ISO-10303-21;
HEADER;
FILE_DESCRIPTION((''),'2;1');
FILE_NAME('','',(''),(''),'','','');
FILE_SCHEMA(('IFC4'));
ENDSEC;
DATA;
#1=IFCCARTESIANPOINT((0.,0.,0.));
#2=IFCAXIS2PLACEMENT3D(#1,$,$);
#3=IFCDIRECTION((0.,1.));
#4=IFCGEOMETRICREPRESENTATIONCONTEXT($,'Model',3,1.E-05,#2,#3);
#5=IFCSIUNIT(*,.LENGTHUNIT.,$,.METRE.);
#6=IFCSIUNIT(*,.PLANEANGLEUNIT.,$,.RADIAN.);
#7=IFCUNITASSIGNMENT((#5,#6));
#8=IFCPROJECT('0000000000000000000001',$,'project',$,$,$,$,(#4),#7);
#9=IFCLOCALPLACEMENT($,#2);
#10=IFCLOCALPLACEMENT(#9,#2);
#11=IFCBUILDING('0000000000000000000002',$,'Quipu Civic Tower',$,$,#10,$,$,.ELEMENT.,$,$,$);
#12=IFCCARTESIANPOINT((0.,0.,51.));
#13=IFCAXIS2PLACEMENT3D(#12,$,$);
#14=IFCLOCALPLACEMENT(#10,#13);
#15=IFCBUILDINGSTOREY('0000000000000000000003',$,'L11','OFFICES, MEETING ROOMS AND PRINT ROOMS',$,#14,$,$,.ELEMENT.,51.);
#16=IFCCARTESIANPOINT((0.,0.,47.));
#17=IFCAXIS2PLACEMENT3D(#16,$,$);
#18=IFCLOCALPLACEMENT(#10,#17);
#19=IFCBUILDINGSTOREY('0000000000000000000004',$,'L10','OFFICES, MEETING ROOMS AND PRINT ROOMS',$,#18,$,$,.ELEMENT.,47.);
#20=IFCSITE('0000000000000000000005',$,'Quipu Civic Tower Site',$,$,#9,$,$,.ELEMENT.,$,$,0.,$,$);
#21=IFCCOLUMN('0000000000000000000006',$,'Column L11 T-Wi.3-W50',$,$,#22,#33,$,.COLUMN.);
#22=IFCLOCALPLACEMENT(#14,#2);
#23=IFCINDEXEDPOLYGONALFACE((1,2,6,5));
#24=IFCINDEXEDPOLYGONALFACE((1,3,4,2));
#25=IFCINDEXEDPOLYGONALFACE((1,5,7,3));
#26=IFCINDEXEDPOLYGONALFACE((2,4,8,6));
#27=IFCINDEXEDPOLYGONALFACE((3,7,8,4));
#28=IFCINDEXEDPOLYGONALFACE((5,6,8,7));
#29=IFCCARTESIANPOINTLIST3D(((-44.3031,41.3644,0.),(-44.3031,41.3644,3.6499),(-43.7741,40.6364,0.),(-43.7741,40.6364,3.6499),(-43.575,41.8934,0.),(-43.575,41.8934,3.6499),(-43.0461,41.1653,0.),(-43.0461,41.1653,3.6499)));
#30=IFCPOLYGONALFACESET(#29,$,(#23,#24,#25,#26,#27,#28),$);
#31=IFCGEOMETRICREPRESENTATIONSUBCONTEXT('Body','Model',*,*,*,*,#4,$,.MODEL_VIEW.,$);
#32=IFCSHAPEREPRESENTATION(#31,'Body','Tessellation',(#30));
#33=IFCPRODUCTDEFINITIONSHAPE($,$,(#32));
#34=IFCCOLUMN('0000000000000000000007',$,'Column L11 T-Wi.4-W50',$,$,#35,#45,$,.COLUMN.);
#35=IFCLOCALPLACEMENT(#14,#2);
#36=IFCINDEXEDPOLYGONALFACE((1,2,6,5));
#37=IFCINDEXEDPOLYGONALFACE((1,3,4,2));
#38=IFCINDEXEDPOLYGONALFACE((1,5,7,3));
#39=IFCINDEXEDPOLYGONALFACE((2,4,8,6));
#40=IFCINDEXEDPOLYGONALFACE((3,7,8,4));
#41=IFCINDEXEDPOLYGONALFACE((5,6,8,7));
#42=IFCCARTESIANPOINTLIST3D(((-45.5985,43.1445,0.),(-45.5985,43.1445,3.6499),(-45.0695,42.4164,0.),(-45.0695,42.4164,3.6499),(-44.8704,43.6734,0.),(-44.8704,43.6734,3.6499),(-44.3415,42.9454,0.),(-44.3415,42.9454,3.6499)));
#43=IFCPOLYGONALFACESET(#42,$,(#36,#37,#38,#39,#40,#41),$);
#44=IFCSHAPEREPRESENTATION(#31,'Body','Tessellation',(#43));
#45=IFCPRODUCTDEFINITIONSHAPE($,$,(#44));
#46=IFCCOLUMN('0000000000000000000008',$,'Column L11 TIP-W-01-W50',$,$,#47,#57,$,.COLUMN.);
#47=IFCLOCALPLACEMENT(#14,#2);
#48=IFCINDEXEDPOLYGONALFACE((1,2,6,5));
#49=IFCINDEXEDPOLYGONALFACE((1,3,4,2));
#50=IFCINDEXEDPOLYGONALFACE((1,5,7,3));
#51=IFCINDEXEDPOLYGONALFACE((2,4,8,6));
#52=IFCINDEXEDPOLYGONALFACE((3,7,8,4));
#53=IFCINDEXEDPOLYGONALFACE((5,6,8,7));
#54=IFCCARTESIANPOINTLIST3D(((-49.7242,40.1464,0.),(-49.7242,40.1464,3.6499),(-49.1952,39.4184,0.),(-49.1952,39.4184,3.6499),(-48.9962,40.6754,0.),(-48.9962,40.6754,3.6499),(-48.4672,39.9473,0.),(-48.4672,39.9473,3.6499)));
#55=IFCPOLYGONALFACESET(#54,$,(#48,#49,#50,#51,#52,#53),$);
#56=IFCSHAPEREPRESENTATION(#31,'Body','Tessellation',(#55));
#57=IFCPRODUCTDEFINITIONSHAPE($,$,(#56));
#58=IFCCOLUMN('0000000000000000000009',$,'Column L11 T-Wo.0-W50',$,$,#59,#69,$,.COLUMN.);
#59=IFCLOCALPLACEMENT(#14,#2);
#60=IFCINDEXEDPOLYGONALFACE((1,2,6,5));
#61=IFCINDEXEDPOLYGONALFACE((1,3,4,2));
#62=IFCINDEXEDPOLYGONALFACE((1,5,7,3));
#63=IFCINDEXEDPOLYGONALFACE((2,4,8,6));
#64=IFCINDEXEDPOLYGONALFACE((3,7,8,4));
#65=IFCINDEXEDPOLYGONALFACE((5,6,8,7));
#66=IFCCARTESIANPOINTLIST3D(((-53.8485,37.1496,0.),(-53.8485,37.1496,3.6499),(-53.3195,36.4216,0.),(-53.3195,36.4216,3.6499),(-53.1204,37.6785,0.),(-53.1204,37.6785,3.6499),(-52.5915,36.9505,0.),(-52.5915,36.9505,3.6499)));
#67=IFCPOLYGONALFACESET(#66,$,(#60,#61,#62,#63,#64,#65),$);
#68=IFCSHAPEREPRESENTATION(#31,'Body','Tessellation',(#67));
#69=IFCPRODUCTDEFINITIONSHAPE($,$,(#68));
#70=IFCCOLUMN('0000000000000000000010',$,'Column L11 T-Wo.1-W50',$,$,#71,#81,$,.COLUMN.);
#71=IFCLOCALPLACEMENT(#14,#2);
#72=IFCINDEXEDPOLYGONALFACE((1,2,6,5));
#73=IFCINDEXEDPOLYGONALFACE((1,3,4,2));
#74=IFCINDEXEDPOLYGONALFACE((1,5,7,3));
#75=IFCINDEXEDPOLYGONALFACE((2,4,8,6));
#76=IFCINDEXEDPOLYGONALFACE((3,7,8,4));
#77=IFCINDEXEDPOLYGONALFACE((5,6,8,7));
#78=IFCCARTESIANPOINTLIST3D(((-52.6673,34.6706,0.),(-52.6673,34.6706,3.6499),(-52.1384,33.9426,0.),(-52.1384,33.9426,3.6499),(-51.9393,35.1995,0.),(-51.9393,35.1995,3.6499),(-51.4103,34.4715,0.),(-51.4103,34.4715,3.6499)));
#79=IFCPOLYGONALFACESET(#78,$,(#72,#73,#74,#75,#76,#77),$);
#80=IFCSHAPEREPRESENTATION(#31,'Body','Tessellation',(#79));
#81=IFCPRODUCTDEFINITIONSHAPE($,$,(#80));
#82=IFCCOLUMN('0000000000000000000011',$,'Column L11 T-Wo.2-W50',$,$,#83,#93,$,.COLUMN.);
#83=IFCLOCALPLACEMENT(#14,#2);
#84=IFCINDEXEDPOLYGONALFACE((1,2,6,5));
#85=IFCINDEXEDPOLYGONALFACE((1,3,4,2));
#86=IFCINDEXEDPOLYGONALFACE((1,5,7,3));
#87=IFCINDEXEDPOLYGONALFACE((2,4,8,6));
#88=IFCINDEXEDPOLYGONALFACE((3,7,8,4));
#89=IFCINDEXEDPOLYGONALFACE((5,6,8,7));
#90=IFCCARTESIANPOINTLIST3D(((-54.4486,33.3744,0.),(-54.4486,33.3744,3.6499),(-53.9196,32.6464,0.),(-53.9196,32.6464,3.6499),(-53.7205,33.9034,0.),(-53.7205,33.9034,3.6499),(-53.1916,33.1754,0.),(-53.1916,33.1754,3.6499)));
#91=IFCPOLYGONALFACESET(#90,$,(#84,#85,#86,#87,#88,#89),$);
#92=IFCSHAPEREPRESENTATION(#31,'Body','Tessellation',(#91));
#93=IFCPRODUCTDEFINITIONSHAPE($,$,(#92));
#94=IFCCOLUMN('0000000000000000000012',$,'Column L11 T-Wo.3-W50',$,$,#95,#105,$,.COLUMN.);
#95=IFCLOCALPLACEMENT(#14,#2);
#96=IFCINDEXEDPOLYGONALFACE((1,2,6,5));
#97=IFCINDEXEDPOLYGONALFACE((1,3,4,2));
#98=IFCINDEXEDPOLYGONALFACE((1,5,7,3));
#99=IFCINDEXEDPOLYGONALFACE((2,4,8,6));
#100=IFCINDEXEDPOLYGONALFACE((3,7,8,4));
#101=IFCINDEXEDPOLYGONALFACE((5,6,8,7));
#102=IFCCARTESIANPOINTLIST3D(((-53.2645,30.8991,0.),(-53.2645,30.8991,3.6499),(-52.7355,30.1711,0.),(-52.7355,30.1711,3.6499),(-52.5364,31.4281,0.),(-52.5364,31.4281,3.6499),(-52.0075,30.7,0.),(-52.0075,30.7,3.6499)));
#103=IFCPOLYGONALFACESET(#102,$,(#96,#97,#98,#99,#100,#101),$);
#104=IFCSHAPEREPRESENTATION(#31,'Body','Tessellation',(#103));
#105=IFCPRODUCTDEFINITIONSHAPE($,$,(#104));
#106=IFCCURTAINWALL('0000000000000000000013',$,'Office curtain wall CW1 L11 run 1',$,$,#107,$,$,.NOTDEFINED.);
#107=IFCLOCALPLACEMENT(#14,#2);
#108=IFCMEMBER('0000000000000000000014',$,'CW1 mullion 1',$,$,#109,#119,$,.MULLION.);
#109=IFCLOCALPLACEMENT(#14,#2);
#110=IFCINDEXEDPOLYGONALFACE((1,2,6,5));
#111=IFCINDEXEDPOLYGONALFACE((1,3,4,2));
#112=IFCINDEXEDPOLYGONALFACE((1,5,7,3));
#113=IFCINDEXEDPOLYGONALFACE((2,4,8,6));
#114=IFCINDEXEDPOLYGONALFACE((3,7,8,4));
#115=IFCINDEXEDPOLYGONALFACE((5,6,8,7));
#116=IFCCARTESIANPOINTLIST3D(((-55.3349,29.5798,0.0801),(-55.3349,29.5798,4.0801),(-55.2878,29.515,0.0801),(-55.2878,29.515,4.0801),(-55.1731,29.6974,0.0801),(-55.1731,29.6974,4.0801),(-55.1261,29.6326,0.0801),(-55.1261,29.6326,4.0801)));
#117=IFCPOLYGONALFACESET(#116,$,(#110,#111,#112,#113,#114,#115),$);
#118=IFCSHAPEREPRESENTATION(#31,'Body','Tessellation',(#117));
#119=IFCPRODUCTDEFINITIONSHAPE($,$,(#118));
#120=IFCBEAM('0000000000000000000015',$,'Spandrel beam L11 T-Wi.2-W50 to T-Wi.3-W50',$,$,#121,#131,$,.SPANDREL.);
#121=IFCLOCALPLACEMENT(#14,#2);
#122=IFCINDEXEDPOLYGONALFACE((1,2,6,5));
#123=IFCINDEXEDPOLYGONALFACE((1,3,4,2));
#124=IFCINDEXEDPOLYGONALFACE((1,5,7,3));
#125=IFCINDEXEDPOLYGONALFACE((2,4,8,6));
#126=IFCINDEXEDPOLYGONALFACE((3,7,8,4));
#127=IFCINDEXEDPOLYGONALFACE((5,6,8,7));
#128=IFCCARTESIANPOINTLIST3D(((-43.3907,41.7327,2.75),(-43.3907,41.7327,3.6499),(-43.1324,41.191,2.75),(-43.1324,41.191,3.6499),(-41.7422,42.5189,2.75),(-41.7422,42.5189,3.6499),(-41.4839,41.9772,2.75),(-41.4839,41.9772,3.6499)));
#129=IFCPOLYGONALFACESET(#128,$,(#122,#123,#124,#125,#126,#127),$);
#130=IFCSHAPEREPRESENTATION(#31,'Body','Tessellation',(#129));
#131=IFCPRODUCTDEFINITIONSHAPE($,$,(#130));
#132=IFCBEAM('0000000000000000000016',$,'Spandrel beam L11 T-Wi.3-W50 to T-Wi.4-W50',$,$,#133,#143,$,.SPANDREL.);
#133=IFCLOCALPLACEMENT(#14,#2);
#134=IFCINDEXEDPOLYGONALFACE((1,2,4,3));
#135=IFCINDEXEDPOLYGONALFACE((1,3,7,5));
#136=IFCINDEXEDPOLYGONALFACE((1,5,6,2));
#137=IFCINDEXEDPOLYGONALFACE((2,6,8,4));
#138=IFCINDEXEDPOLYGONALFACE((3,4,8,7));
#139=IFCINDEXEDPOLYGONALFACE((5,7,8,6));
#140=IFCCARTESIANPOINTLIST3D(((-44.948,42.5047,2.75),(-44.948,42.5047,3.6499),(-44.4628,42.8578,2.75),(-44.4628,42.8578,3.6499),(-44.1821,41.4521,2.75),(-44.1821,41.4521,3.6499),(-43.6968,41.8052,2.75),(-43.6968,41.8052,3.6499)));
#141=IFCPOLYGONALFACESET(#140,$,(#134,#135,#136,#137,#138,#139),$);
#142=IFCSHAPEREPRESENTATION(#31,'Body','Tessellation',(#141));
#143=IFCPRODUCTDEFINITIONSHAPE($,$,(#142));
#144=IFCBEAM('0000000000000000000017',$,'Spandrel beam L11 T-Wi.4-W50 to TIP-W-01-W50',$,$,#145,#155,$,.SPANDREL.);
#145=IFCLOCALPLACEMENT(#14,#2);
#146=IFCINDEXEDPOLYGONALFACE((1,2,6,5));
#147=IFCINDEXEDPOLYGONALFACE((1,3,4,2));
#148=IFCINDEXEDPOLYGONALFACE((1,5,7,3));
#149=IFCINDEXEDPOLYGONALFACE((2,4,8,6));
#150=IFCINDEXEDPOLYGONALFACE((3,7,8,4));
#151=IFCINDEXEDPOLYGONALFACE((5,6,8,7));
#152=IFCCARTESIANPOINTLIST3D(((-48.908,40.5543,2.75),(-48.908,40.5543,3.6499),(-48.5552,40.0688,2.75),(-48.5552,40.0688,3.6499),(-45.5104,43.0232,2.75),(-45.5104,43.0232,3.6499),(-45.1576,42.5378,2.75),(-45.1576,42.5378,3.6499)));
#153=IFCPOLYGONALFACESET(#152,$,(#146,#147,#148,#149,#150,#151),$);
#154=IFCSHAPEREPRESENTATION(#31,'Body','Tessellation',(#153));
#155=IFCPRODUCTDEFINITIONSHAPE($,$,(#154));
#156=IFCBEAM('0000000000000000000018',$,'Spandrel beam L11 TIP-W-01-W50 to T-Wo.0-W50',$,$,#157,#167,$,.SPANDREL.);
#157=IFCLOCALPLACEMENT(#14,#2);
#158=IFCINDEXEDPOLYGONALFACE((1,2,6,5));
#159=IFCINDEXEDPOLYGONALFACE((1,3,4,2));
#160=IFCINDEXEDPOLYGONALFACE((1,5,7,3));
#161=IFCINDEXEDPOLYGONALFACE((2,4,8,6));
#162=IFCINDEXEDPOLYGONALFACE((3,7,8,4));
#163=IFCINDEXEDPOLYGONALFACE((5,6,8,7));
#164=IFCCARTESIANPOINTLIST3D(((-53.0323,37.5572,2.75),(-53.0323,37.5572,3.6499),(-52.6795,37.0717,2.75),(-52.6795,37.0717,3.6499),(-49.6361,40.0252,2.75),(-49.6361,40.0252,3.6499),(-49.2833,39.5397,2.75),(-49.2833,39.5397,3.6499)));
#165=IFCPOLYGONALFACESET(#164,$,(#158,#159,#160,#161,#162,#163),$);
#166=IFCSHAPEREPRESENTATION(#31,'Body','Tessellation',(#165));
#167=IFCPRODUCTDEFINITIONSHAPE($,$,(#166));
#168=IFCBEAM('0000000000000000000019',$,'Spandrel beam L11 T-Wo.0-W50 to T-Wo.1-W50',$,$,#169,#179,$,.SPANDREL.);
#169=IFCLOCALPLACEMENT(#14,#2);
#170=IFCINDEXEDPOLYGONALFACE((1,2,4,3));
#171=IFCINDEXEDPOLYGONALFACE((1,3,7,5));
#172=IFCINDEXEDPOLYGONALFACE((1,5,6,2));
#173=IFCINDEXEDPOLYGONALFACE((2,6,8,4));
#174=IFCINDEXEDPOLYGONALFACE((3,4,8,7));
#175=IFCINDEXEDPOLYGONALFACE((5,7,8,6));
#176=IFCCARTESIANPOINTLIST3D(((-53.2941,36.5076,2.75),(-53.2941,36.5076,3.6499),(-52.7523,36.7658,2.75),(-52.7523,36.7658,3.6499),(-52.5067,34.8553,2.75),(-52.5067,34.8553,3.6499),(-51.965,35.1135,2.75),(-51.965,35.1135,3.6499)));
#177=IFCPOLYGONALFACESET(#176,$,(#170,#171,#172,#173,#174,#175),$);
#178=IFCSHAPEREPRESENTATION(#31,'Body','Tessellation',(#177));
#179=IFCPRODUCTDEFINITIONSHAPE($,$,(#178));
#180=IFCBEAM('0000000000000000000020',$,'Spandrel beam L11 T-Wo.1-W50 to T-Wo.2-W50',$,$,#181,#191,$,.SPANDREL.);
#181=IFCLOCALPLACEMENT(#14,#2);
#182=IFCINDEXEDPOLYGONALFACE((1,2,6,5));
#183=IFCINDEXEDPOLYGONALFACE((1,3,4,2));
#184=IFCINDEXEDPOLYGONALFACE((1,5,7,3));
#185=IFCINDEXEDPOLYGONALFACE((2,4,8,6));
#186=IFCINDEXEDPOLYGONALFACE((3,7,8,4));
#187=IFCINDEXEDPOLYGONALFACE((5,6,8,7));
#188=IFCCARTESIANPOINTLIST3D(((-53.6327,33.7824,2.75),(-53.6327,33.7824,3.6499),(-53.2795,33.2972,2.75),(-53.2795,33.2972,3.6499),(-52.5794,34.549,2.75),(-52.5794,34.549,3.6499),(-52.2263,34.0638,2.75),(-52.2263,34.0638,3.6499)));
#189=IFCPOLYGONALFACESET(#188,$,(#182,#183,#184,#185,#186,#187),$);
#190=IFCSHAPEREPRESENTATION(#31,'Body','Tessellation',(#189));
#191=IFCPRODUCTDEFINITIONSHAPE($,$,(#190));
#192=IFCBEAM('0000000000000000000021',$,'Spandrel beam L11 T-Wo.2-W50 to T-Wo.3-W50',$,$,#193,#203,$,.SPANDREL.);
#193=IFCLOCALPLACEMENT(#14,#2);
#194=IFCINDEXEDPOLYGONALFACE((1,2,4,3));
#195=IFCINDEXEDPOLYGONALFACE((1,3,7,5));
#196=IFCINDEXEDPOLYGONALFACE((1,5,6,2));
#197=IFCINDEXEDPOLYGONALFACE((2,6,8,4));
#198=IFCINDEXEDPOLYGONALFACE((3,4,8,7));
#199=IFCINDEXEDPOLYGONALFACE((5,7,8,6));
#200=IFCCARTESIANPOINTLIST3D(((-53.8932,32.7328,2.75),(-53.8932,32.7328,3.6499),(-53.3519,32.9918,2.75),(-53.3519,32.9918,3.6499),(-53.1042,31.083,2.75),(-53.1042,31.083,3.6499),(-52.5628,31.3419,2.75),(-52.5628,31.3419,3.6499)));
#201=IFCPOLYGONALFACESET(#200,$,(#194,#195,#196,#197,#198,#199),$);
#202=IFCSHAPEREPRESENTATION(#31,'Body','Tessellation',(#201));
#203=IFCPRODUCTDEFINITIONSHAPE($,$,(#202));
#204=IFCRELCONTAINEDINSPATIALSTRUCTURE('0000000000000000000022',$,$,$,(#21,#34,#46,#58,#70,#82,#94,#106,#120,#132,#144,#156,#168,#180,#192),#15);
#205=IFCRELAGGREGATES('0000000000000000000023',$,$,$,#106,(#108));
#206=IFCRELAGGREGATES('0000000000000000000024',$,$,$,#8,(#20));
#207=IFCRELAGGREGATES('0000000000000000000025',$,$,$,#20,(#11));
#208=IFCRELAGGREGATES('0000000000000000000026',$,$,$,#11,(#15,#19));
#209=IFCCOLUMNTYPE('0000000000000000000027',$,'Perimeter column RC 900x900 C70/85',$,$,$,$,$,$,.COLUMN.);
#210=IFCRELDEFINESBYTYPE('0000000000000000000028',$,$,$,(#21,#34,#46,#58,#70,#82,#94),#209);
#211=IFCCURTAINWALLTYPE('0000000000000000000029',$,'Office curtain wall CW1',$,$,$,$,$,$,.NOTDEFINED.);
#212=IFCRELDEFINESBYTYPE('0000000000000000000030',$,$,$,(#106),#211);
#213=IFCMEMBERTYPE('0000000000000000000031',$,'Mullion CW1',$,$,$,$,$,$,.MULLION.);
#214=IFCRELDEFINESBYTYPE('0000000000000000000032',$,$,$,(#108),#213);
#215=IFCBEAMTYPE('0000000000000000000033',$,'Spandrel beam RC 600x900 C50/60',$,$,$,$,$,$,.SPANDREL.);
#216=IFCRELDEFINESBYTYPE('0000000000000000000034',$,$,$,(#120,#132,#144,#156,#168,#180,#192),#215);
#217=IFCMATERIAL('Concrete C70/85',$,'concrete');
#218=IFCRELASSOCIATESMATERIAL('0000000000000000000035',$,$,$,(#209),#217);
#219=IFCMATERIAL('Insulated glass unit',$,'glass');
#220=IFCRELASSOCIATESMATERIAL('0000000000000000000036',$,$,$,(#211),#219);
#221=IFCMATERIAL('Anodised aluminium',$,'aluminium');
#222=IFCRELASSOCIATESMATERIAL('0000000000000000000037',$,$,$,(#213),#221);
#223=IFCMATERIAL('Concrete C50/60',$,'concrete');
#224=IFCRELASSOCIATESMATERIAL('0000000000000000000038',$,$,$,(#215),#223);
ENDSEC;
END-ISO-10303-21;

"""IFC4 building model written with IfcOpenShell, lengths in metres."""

from ifc_helpers import new_model, si_unit, direction, frame, origin, origin_2d, place, context, subcontext, project, spatial, rectangle, extrude, material, material_profile, profile_set, type_object, element, aggregate, save


model = new_model("IFC4")

# Units and contexts
model_context = context("Model", 3, precision=1e-05, world=origin(), true_north=direction((0.0, 1.0)))
body_context = subcontext(model_context, "Body", "Model", "MODEL_VIEW")
ifc_project = project(units=[si_unit("LENGTHUNIT", "METRE"), si_unit("PLANEANGLEUNIT", "RADIAN")], contexts=[model_context])

# Site, building, storey
site_placement = place(None, origin())
site = spatial("IfcSite", under=ifc_project, at=site_placement, Name="Quipu Civic Tower Site", CompositionType="ELEMENT", RefElevation=0.0)
building_placement = place(site_placement, origin())
building = spatial("IfcBuilding", under=site, at=building_placement, Name="Quipu Civic Tower", CompositionType="ELEMENT")
storey_1_placement = place(building_placement, frame((0.0, 0.0, 51.0)))
storey_1 = spatial("IfcBuildingStorey", under=building, at=storey_1_placement, Name="L11", Description="OFFICES, MEETING ROOMS AND PRINT ROOMS", CompositionType="ELEMENT", Elevation=51.0)

# Columns
ifc_material_1 = material(Name="Concrete C70/85", Category="concrete")
ifc_material_profile_1 = material_profile(ifc_material_1, rectangle(XDim=0.8999, YDim=0.8999, at=origin_2d()), Name="RC900x900")
ifc_profile_set_1 = profile_set([ifc_material_profile_1], Name="Concrete C70/85")
column_type = type_object("IfcColumnType", Name="Perimeter column RC 900x900 C70/85", PredefinedType="COLUMN", material=ifc_profile_set_1)
for number, where, z_axis, x_axis, name in (
    (1, (-43.6746, 41.2649, 0.0), (0.0, 0.0, 1.0), (-0.809017, -0.587785, 0.0), "Column L11 T-Wi.3-W50"),
    (2, (-44.97, 43.0449, 0.0), (0.0, 0.0, 1.0), (-0.809017, -0.587785, 0.0), "Column L11 T-Wi.4-W50"),
    (3, (-49.0957, 40.0469, 0.0), (0.0, 0.0, 1.0), (-0.809017, -0.587785, 0.0), "Column L11 TIP-W-01-W50"),
    (4, (-53.22, 37.05, 0.0), (0.0, 0.0, 1.0), (0.587785, -0.809017, 0.0), "Column L11 T-Wo.0-W50"),
    (5, (-52.0388, 34.571, 0.0), (0.0, 0.0, 1.0), (-0.809017, -0.587785, 0.0), "Column L11 T-Wo.1-W50"),
    (6, (-53.8201, 33.2749, 0.0), (0.0, 0.0, 1.0), (0.587785, -0.809017, 0.0), "Column L11 T-Wo.2-W50"),
    (7, (-52.636, 30.7996, 0.0), (0.0, 0.0, 1.0), (-0.809017, -0.587785, 0.0), "Column L11 T-Wo.3-W50"),
):
    element("IfcColumn", number, at=place(storey_1_placement, frame(where, z_axis=z_axis, x_axis=x_axis)), inside=storey_1, type_object=column_type, Name=name, PredefinedType="COLUMN", context=body_context, shape_type="SweptSolid", body=[
        extrude(rectangle(XDim=0.8999, YDim=0.8999, at=origin_2d()), origin(), (0.0, 0.0, 1.0), 3.6499),
    ])

# Curtain wall, member
ifc_material_2 = material(Name="Insulated glass unit", Category="glass")
curtain_wall_type = type_object("IfcCurtainWallType", Name="Office curtain wall CW1", PredefinedType="NOTDEFINED", material=ifc_material_2)
curtain_wall_1_placement = place(storey_1_placement, origin())
curtain_wall_1 = element("IfcCurtainWall", 8, at=curtain_wall_1_placement, inside=storey_1, type_object=curtain_wall_type, Name="Office curtain wall CW1 L11 run 1", PredefinedType="NOTDEFINED")
ifc_material_3 = material(Name="Anodised aluminium", Category="aluminium")
ifc_material_profile_2 = material_profile(ifc_material_3, rectangle(XDim=0.2, YDim=0.0801, at=origin_2d()), Name="RECT 200x80")
ifc_profile_set_2 = profile_set([ifc_material_profile_2], Name="Anodised aluminium")
member_type_1 = type_object("IfcMemberType", Name="Mullion CW1", PredefinedType="MULLION", material=ifc_profile_set_2)
member_1_placement = place(storey_1_placement, frame((-55.2305, 29.6062, 0.0801), z_axis=(0.0, 0.0, 1.0), x_axis=(0.809017, 0.587786, 0.0)))
member_1 = element("IfcMember", 9, at=member_1_placement, type_object=member_type_1, Name="CW1 mullion 1", PredefinedType="MULLION", context=body_context, shape_type="SweptSolid", body=[
    extrude(rectangle(XDim=0.2, YDim=0.0801, at=origin_2d()), origin(), (0.0, 0.0, 1.0), 4.0),
])

# Beams
ifc_material_4 = material(Name="Concrete C50/60", Category="concrete")
ifc_material_profile_3 = material_profile(ifc_material_4, rectangle(XDim=0.6001, YDim=0.8999, at=origin_2d()), Name="RC600x900")
ifc_profile_set_3 = profile_set([ifc_material_profile_3], Name="Concrete C50/60")
beam_type = type_object("IfcBeamType", Name="Spandrel beam RC 600x900 C50/60", PredefinedType="SPANDREL", material=ifc_profile_set_3)
beam_1_placement = place(storey_1_placement, frame((-41.613, 42.248, 3.2), z_axis=(-0.902613, -0.430452, 0.0), x_axis=(0.430452, -0.902613, 0.0)))
element("IfcBeam", 10, at=beam_1_placement, inside=storey_1, type_object=beam_type, Name="Spandrel beam L11 T-Wi.2-W50 to T-Wi.3-W50", PredefinedType="SPANDREL", context=body_context, shape_type="SweptSolid", body=[
    extrude(rectangle(XDim=0.6001, YDim=0.8999, at=origin_2d()), origin(), (0.0, 0.0, 1.0), 1.8264),
])
beam_2_placement = place(storey_1_placement, frame((-43.9395, 41.6287, 3.2), z_axis=(-0.588384, 0.808582, 0.0), x_axis=(-0.808582, -0.588384, 0.0)))
element("IfcBeam", 11, at=beam_2_placement, inside=storey_1, type_object=beam_type, Name="Spandrel beam L11 T-Wi.3-W50 to T-Wi.4-W50", PredefinedType="SPANDREL", context=body_context, shape_type="SweptSolid", body=[
    extrude(rectangle(XDim=0.6001, YDim=0.8999, at=origin_2d()), origin(), (0.0, 0.0, 1.0), 1.3018),
])
beam_3_placement = place(storey_1_placement, frame((-45.334, 42.7805, 3.2), z_axis=(-0.80897, -0.58785, 0.0), x_axis=(0.58785, -0.80897, 0.0)))
element("IfcBeam", 12, at=beam_3_placement, inside=storey_1, type_object=beam_type, Name="Spandrel beam L11 T-Wi.4-W50 to TIP-W-01-W50", PredefinedType="SPANDREL", context=body_context, shape_type="SweptSolid", body=[
    extrude(rectangle(XDim=0.6001, YDim=0.8999, at=origin_2d()), origin(), (0.0, 0.0, 1.0), 4.2),
])
beam_4_placement = place(storey_1_placement, frame((-49.4597, 39.7825, 3.2), z_axis=(-0.80896, -0.587864, 0.0), x_axis=(0.587864, -0.80896, 0.0)))
element("IfcBeam", 13, at=beam_4_placement, inside=storey_1, type_object=beam_type, Name="Spandrel beam L11 TIP-W-01-W50 to T-Wo.0-W50", PredefinedType="SPANDREL", context=body_context, shape_type="SweptSolid", body=[
    extrude(rectangle(XDim=0.6001, YDim=0.8999, at=origin_2d()), origin(), (0.0, 0.0, 1.0), 4.1982),
])
beam_5_placement = place(storey_1_placement, frame((-53.0232, 36.6367, 3.2), z_axis=(0.430167, -0.90275, 0.0), x_axis=(0.90275, 0.430167, 0.0)))
element("IfcBeam", 14, at=beam_5_placement, inside=storey_1, type_object=beam_type, Name="Spandrel beam L11 T-Wo.0-W50 to T-Wo.1-W50", PredefinedType="SPANDREL", context=body_context, shape_type="SweptSolid", body=[
    extrude(rectangle(XDim=0.6001, YDim=0.8999, at=origin_2d()), origin(), (0.0, 0.0, 1.0), 1.8303),
])
beam_6_placement = place(storey_1_placement, frame((-52.4028, 34.3064, 3.2), z_axis=(-0.808509, -0.588484, 0.0), x_axis=(0.588484, -0.808509, 0.0)))
element("IfcBeam", 15, at=beam_6_placement, inside=storey_1, type_object=beam_type, Name="Spandrel beam L11 T-Wo.1-W50 to T-Wo.2-W50", PredefinedType="SPANDREL", context=body_context, shape_type="SweptSolid", body=[
    extrude(rectangle(XDim=0.6001, YDim=0.8999, at=origin_2d()), origin(), (0.0, 0.0, 1.0), 1.3027),
])
beam_7_placement = place(storey_1_placement, frame((-53.6226, 32.8623, 3.2), z_axis=(0.431446, -0.902139, 0.0), x_axis=(0.902139, 0.431446, 0.0)))
element("IfcBeam", 16, at=beam_7_placement, inside=storey_1, type_object=beam_type, Name="Spandrel beam L11 T-Wo.2-W50 to T-Wo.3-W50", PredefinedType="SPANDREL", context=body_context, shape_type="SweptSolid", body=[
    extrude(rectangle(XDim=0.6001, YDim=0.8999, at=origin_2d()), origin(), (0.0, 0.0, 1.0), 1.8289),
])

# Shared definitions
storey_2_placement = place(building_placement, frame((0.0, 0.0, 47.0)))
storey_2 = spatial("IfcBuildingStorey", under=building, at=storey_2_placement, Name="L10", Description="OFFICES, MEETING ROOMS AND PRINT ROOMS", CompositionType="ELEMENT", Elevation=47.0)

aggregate(curtain_wall_1, [member_1])

save(model, "model.ifc")
